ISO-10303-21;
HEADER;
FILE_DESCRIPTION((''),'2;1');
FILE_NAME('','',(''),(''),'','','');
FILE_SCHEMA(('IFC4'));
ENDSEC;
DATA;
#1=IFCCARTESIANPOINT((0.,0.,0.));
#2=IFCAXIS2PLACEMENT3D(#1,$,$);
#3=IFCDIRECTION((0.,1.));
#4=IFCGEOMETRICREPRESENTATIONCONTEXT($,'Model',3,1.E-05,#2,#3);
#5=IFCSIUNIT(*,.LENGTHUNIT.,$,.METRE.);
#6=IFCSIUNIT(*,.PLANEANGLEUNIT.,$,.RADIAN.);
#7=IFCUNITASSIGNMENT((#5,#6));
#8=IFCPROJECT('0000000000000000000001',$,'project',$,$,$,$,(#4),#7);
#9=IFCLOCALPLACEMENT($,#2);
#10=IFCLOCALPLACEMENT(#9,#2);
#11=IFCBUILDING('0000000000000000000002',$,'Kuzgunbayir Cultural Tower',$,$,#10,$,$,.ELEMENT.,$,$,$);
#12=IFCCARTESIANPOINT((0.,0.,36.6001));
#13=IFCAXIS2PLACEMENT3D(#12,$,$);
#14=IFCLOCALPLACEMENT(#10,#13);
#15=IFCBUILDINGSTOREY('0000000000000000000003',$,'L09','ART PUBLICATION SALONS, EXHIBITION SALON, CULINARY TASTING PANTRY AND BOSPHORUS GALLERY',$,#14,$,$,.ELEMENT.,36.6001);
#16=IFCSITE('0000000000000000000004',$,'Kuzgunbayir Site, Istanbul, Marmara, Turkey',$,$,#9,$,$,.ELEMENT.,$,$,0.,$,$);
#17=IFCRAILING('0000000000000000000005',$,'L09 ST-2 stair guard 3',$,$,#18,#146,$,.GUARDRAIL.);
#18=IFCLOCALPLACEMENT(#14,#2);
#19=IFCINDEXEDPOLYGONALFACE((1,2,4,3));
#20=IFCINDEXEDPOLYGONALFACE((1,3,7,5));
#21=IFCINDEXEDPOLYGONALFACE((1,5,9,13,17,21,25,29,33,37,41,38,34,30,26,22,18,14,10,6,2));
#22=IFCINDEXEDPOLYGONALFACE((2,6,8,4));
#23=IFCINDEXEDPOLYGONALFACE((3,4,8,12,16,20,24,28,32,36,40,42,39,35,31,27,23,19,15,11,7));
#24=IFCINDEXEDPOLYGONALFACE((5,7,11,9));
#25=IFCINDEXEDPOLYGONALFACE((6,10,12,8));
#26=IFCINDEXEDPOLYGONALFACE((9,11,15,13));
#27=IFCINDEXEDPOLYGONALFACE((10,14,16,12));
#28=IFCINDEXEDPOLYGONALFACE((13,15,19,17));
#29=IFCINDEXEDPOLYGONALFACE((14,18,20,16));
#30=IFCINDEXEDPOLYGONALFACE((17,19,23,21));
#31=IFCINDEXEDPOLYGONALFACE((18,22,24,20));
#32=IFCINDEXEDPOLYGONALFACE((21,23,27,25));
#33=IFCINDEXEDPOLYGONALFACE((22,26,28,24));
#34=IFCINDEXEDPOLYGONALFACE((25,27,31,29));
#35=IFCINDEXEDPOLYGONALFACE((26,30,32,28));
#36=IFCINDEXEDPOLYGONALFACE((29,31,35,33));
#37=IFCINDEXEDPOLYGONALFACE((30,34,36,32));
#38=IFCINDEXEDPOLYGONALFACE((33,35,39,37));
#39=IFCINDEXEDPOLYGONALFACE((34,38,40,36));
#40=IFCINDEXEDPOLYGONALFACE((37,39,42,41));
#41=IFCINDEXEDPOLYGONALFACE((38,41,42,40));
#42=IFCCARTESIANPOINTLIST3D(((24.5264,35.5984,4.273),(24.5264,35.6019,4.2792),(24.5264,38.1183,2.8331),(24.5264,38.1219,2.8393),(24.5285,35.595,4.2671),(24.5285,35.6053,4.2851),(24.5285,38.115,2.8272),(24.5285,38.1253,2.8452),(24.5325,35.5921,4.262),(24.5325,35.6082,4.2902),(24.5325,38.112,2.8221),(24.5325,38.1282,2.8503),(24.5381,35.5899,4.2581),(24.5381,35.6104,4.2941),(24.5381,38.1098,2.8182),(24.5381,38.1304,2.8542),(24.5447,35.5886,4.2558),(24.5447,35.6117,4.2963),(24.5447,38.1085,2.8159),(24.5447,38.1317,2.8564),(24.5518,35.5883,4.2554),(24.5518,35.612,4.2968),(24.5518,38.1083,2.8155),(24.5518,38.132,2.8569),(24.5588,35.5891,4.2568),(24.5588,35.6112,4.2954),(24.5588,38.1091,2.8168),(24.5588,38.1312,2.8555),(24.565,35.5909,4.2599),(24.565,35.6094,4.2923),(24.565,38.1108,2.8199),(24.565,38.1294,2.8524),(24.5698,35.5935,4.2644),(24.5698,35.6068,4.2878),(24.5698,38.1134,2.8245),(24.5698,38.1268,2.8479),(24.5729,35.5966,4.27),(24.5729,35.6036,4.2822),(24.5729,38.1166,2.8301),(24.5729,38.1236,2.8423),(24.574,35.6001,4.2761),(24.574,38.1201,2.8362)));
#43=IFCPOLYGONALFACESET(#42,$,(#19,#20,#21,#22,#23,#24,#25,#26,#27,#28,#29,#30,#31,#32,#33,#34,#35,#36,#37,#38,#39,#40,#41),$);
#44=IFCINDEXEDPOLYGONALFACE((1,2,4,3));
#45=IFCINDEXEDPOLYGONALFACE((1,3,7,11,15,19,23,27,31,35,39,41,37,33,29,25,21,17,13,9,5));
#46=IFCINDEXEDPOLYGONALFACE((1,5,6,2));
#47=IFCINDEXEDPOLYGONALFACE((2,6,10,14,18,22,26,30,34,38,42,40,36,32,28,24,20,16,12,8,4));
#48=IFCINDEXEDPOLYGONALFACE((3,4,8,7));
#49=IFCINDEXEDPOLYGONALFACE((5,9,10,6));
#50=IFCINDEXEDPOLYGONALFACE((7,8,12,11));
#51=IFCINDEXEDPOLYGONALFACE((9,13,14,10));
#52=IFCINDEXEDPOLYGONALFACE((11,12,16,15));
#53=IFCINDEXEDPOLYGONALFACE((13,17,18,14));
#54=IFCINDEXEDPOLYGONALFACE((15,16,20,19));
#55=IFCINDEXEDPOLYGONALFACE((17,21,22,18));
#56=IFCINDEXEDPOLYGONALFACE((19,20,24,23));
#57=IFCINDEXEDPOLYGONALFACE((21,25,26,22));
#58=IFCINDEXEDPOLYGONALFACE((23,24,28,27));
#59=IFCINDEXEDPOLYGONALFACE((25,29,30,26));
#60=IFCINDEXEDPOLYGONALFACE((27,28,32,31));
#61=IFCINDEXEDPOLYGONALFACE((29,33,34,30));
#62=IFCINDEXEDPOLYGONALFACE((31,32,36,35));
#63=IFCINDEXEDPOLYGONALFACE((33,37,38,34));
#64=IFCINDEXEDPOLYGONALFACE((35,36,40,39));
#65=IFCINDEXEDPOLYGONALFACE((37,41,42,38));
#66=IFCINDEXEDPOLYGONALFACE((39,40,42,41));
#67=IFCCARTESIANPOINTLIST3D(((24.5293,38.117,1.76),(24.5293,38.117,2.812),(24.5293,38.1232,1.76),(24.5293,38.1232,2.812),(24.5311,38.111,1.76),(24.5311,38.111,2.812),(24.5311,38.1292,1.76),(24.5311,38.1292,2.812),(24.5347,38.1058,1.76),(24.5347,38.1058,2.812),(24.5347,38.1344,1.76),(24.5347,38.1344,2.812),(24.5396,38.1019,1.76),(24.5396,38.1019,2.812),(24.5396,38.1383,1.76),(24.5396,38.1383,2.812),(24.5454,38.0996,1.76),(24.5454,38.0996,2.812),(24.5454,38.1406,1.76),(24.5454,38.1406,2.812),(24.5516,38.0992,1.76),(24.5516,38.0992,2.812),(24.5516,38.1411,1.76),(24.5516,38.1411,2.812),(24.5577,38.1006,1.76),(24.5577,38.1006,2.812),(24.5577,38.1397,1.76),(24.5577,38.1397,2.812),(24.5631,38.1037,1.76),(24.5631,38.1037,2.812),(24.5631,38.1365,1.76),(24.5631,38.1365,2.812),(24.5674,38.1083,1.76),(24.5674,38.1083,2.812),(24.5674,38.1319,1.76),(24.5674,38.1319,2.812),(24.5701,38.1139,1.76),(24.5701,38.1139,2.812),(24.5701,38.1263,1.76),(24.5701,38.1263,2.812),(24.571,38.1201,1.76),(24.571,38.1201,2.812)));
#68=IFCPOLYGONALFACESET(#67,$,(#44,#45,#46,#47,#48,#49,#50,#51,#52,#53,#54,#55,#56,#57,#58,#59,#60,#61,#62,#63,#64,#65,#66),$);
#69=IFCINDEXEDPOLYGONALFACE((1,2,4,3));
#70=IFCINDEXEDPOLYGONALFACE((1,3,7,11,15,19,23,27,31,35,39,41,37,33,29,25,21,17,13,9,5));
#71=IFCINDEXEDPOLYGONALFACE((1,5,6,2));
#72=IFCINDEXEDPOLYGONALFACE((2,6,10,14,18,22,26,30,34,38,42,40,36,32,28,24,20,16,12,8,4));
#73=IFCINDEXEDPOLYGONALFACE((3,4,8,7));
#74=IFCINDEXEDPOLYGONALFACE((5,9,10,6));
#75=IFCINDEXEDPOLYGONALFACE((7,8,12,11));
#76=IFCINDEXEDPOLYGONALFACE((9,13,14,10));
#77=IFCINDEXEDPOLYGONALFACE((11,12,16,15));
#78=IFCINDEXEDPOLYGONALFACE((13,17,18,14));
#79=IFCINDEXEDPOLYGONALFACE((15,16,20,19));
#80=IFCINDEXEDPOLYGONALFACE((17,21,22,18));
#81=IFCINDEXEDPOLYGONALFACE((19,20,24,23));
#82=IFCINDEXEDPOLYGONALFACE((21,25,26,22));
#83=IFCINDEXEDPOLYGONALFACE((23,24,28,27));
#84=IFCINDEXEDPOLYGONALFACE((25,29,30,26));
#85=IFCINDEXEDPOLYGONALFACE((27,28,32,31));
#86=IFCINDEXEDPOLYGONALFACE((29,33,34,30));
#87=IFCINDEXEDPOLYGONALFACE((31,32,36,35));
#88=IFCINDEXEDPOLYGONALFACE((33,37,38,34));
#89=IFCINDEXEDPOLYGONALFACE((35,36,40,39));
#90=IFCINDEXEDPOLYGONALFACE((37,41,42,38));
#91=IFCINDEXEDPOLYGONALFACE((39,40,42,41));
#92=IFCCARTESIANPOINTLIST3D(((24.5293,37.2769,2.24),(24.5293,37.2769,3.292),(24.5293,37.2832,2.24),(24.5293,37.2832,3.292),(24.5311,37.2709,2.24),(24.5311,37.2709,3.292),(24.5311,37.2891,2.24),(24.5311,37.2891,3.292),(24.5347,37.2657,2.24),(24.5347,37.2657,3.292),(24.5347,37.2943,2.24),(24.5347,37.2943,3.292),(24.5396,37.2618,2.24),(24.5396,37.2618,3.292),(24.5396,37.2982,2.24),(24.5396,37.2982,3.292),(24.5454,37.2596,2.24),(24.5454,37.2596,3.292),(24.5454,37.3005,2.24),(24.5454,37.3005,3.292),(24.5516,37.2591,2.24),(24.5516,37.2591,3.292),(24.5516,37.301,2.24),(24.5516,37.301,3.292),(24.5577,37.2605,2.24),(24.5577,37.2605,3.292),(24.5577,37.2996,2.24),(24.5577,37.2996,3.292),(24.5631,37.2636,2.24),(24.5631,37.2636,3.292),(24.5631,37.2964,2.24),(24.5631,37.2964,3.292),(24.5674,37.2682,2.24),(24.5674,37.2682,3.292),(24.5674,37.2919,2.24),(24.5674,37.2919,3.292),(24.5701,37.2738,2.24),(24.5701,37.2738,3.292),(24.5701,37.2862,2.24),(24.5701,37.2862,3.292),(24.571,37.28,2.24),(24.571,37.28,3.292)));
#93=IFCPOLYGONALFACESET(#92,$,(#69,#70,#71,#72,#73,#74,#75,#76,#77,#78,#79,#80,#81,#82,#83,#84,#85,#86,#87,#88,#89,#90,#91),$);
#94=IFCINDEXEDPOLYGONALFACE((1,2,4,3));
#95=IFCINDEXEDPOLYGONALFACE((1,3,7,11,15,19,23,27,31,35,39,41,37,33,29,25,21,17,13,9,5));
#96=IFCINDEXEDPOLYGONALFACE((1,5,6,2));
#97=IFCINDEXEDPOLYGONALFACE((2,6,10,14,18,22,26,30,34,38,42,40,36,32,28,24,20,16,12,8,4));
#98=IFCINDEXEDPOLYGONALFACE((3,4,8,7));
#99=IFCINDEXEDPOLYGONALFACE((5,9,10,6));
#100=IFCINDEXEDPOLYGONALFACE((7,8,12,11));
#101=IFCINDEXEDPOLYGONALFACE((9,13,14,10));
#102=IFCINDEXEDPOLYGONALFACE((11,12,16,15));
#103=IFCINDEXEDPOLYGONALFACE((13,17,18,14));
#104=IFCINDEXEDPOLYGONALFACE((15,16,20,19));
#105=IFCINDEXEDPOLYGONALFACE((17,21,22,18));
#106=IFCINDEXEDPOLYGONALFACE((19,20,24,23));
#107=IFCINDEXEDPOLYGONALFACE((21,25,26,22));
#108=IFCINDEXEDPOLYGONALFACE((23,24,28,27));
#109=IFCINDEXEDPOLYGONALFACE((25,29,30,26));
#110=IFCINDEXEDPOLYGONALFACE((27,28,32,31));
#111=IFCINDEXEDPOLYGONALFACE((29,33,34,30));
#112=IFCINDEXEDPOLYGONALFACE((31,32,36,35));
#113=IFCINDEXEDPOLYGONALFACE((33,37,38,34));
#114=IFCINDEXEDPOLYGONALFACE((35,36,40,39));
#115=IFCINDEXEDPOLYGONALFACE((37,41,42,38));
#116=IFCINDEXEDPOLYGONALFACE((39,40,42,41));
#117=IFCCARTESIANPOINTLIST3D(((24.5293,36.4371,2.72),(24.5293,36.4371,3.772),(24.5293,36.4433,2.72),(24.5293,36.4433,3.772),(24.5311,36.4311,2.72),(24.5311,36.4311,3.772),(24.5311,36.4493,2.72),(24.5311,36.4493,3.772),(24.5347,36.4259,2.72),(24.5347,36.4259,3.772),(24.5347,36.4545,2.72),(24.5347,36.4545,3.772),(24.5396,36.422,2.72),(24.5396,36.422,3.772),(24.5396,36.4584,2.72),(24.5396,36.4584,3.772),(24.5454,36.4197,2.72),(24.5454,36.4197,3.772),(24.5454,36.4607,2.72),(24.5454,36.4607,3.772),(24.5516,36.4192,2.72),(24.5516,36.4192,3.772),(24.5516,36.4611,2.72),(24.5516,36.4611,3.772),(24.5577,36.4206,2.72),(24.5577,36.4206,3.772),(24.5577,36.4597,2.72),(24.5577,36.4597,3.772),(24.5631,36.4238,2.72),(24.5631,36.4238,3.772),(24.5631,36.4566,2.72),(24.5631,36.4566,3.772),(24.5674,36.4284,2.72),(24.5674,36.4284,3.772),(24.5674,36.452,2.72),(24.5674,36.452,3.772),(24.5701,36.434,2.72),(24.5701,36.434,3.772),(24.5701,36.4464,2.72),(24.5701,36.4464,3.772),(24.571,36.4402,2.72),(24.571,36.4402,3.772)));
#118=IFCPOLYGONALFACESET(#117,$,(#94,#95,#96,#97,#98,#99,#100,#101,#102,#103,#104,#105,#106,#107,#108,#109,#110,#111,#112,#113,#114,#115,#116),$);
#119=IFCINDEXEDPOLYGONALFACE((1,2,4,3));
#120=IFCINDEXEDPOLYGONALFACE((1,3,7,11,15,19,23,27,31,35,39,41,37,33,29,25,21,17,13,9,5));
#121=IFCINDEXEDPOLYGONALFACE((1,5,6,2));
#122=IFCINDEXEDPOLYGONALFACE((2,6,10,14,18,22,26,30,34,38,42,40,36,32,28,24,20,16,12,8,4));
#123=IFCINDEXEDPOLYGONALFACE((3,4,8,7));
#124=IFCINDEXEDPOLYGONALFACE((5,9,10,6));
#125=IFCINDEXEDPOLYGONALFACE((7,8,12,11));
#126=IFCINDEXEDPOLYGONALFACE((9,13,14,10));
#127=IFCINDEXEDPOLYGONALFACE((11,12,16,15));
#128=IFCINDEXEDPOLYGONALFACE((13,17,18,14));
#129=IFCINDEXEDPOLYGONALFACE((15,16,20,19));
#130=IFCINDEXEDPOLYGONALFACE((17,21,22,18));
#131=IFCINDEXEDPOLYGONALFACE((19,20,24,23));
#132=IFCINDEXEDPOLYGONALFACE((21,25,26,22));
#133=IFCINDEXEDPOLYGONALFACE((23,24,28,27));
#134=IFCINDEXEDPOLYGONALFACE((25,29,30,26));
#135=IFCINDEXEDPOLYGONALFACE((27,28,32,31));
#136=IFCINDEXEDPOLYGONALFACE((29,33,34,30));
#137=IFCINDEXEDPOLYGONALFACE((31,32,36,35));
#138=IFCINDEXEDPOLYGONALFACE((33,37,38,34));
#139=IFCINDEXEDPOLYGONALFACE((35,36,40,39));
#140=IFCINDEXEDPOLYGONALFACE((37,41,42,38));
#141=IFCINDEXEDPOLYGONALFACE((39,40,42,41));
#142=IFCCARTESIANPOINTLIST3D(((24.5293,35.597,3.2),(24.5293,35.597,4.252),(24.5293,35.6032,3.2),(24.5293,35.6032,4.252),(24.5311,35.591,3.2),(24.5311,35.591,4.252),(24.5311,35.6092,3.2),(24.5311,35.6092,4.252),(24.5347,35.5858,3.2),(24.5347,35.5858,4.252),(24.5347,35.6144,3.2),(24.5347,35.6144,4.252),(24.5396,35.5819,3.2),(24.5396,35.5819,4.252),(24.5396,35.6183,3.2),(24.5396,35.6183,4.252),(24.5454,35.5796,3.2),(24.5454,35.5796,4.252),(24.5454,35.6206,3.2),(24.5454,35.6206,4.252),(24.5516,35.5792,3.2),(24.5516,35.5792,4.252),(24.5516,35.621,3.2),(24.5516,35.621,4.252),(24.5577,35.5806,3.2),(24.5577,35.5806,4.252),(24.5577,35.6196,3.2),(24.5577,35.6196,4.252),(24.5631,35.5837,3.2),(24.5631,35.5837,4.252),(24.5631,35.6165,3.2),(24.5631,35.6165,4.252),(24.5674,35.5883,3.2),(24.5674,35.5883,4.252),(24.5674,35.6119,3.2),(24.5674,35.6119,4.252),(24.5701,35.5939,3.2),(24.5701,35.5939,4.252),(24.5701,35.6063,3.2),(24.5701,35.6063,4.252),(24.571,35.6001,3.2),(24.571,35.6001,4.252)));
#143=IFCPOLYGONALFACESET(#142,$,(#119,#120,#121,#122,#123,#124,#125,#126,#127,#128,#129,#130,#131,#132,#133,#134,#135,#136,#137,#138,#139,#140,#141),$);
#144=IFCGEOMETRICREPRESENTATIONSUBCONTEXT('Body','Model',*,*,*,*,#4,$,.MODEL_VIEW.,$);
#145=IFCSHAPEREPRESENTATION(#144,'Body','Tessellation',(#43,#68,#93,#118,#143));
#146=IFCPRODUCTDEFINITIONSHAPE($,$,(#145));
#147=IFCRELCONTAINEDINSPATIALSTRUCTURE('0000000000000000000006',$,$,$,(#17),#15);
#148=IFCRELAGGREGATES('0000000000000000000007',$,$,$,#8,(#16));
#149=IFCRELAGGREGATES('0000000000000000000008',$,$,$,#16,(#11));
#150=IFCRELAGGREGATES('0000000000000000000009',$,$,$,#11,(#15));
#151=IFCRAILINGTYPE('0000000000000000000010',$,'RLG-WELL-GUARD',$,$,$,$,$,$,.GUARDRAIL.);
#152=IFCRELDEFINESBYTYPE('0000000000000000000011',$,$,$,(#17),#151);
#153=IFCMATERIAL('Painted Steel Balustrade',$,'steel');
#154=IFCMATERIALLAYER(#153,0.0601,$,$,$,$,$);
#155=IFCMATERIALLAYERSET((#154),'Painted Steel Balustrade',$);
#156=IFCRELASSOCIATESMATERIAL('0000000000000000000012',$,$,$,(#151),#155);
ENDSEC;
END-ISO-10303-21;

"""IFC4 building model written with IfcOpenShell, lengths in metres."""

from ifc_helpers import new_model, si_unit, direction, frame, origin, origin_2d, place, context, subcontext, project, spatial, circle, extrude, material, layer, layer_set, type_object, element, save


model = new_model("IFC4")

# Units and contexts
model_context = context("Model", 3, precision=1e-05, world=origin(), true_north=direction((0.0, 1.0)))
body_context = subcontext(model_context, "Body", "Model", "MODEL_VIEW")
ifc_project = project(units=[si_unit("LENGTHUNIT", "METRE"), si_unit("PLANEANGLEUNIT", "RADIAN")], contexts=[model_context])

# Site, building, storey
site_placement = place(None, origin())
site = spatial("IfcSite", under=ifc_project, at=site_placement, Name="Kuzgunbayir Site, Istanbul, Marmara, Turkey", CompositionType="ELEMENT", RefElevation=0.0)
building_placement = place(site_placement, origin())
building = spatial("IfcBuilding", under=site, at=building_placement, Name="Kuzgunbayir Cultural Tower", CompositionType="ELEMENT")
storey_placement = place(building_placement, frame((0.0, 0.0, 36.6001)))
storey = spatial("IfcBuildingStorey", under=building, at=storey_placement, Name="L09", Description="ART PUBLICATION SALONS, EXHIBITION SALON, CULINARY TASTING PANTRY AND BOSPHORUS GALLERY", CompositionType="ELEMENT", Elevation=36.6001)

# Railing
ifc_material_1 = material(Name="Painted Steel Balustrade", Category="steel")
ifc_layer_1 = layer(ifc_material_1, 0.0601)
ifc_layer_set_1 = layer_set([ifc_layer_1], Name="Painted Steel Balustrade")
railing_type_1 = type_object("IfcRailingType", Name="RLG-WELL-GUARD", PredefinedType="GUARDRAIL", material=ifc_layer_set_1)
railing_1_placement = place(storey_placement, frame((24.55, 38.1201, 1.76)))
element("IfcRailing", 1, at=railing_1_placement, inside=storey, type_object=railing_type_1, Name="L09 ST-2 stair guard 3", PredefinedType="GUARDRAIL", context=body_context, shape_type="SweptSolid", body=[
    extrude(circle(Radius=0.0239, at=origin_2d()), frame((0.0, 0.0, 1.0762), z_axis=(0.0, -0.868253, 0.496121), x_axis=(1.0, 0.0, 0.0)), (0.0, 0.0, 1.0), 2.9023),
    extrude(circle(Radius=0.021, at=origin_2d()), origin(), (0.0, 0.0, 1.0), 1.052),
    extrude(circle(Radius=0.021, at=origin_2d()), frame((0.0, -0.8401, 0.48)), (0.0, 0.0, 1.0), 1.052),
    extrude(circle(Radius=0.021, at=origin_2d()), frame((0.0, -1.6799, 0.96)), (0.0, 0.0, 1.0), 1.052),
    extrude(circle(Radius=0.021, at=origin_2d()), frame((0.0, -2.52, 1.4399)), (0.0, 0.0, 1.0), 1.052),
])

save(model, "model.ifc")
